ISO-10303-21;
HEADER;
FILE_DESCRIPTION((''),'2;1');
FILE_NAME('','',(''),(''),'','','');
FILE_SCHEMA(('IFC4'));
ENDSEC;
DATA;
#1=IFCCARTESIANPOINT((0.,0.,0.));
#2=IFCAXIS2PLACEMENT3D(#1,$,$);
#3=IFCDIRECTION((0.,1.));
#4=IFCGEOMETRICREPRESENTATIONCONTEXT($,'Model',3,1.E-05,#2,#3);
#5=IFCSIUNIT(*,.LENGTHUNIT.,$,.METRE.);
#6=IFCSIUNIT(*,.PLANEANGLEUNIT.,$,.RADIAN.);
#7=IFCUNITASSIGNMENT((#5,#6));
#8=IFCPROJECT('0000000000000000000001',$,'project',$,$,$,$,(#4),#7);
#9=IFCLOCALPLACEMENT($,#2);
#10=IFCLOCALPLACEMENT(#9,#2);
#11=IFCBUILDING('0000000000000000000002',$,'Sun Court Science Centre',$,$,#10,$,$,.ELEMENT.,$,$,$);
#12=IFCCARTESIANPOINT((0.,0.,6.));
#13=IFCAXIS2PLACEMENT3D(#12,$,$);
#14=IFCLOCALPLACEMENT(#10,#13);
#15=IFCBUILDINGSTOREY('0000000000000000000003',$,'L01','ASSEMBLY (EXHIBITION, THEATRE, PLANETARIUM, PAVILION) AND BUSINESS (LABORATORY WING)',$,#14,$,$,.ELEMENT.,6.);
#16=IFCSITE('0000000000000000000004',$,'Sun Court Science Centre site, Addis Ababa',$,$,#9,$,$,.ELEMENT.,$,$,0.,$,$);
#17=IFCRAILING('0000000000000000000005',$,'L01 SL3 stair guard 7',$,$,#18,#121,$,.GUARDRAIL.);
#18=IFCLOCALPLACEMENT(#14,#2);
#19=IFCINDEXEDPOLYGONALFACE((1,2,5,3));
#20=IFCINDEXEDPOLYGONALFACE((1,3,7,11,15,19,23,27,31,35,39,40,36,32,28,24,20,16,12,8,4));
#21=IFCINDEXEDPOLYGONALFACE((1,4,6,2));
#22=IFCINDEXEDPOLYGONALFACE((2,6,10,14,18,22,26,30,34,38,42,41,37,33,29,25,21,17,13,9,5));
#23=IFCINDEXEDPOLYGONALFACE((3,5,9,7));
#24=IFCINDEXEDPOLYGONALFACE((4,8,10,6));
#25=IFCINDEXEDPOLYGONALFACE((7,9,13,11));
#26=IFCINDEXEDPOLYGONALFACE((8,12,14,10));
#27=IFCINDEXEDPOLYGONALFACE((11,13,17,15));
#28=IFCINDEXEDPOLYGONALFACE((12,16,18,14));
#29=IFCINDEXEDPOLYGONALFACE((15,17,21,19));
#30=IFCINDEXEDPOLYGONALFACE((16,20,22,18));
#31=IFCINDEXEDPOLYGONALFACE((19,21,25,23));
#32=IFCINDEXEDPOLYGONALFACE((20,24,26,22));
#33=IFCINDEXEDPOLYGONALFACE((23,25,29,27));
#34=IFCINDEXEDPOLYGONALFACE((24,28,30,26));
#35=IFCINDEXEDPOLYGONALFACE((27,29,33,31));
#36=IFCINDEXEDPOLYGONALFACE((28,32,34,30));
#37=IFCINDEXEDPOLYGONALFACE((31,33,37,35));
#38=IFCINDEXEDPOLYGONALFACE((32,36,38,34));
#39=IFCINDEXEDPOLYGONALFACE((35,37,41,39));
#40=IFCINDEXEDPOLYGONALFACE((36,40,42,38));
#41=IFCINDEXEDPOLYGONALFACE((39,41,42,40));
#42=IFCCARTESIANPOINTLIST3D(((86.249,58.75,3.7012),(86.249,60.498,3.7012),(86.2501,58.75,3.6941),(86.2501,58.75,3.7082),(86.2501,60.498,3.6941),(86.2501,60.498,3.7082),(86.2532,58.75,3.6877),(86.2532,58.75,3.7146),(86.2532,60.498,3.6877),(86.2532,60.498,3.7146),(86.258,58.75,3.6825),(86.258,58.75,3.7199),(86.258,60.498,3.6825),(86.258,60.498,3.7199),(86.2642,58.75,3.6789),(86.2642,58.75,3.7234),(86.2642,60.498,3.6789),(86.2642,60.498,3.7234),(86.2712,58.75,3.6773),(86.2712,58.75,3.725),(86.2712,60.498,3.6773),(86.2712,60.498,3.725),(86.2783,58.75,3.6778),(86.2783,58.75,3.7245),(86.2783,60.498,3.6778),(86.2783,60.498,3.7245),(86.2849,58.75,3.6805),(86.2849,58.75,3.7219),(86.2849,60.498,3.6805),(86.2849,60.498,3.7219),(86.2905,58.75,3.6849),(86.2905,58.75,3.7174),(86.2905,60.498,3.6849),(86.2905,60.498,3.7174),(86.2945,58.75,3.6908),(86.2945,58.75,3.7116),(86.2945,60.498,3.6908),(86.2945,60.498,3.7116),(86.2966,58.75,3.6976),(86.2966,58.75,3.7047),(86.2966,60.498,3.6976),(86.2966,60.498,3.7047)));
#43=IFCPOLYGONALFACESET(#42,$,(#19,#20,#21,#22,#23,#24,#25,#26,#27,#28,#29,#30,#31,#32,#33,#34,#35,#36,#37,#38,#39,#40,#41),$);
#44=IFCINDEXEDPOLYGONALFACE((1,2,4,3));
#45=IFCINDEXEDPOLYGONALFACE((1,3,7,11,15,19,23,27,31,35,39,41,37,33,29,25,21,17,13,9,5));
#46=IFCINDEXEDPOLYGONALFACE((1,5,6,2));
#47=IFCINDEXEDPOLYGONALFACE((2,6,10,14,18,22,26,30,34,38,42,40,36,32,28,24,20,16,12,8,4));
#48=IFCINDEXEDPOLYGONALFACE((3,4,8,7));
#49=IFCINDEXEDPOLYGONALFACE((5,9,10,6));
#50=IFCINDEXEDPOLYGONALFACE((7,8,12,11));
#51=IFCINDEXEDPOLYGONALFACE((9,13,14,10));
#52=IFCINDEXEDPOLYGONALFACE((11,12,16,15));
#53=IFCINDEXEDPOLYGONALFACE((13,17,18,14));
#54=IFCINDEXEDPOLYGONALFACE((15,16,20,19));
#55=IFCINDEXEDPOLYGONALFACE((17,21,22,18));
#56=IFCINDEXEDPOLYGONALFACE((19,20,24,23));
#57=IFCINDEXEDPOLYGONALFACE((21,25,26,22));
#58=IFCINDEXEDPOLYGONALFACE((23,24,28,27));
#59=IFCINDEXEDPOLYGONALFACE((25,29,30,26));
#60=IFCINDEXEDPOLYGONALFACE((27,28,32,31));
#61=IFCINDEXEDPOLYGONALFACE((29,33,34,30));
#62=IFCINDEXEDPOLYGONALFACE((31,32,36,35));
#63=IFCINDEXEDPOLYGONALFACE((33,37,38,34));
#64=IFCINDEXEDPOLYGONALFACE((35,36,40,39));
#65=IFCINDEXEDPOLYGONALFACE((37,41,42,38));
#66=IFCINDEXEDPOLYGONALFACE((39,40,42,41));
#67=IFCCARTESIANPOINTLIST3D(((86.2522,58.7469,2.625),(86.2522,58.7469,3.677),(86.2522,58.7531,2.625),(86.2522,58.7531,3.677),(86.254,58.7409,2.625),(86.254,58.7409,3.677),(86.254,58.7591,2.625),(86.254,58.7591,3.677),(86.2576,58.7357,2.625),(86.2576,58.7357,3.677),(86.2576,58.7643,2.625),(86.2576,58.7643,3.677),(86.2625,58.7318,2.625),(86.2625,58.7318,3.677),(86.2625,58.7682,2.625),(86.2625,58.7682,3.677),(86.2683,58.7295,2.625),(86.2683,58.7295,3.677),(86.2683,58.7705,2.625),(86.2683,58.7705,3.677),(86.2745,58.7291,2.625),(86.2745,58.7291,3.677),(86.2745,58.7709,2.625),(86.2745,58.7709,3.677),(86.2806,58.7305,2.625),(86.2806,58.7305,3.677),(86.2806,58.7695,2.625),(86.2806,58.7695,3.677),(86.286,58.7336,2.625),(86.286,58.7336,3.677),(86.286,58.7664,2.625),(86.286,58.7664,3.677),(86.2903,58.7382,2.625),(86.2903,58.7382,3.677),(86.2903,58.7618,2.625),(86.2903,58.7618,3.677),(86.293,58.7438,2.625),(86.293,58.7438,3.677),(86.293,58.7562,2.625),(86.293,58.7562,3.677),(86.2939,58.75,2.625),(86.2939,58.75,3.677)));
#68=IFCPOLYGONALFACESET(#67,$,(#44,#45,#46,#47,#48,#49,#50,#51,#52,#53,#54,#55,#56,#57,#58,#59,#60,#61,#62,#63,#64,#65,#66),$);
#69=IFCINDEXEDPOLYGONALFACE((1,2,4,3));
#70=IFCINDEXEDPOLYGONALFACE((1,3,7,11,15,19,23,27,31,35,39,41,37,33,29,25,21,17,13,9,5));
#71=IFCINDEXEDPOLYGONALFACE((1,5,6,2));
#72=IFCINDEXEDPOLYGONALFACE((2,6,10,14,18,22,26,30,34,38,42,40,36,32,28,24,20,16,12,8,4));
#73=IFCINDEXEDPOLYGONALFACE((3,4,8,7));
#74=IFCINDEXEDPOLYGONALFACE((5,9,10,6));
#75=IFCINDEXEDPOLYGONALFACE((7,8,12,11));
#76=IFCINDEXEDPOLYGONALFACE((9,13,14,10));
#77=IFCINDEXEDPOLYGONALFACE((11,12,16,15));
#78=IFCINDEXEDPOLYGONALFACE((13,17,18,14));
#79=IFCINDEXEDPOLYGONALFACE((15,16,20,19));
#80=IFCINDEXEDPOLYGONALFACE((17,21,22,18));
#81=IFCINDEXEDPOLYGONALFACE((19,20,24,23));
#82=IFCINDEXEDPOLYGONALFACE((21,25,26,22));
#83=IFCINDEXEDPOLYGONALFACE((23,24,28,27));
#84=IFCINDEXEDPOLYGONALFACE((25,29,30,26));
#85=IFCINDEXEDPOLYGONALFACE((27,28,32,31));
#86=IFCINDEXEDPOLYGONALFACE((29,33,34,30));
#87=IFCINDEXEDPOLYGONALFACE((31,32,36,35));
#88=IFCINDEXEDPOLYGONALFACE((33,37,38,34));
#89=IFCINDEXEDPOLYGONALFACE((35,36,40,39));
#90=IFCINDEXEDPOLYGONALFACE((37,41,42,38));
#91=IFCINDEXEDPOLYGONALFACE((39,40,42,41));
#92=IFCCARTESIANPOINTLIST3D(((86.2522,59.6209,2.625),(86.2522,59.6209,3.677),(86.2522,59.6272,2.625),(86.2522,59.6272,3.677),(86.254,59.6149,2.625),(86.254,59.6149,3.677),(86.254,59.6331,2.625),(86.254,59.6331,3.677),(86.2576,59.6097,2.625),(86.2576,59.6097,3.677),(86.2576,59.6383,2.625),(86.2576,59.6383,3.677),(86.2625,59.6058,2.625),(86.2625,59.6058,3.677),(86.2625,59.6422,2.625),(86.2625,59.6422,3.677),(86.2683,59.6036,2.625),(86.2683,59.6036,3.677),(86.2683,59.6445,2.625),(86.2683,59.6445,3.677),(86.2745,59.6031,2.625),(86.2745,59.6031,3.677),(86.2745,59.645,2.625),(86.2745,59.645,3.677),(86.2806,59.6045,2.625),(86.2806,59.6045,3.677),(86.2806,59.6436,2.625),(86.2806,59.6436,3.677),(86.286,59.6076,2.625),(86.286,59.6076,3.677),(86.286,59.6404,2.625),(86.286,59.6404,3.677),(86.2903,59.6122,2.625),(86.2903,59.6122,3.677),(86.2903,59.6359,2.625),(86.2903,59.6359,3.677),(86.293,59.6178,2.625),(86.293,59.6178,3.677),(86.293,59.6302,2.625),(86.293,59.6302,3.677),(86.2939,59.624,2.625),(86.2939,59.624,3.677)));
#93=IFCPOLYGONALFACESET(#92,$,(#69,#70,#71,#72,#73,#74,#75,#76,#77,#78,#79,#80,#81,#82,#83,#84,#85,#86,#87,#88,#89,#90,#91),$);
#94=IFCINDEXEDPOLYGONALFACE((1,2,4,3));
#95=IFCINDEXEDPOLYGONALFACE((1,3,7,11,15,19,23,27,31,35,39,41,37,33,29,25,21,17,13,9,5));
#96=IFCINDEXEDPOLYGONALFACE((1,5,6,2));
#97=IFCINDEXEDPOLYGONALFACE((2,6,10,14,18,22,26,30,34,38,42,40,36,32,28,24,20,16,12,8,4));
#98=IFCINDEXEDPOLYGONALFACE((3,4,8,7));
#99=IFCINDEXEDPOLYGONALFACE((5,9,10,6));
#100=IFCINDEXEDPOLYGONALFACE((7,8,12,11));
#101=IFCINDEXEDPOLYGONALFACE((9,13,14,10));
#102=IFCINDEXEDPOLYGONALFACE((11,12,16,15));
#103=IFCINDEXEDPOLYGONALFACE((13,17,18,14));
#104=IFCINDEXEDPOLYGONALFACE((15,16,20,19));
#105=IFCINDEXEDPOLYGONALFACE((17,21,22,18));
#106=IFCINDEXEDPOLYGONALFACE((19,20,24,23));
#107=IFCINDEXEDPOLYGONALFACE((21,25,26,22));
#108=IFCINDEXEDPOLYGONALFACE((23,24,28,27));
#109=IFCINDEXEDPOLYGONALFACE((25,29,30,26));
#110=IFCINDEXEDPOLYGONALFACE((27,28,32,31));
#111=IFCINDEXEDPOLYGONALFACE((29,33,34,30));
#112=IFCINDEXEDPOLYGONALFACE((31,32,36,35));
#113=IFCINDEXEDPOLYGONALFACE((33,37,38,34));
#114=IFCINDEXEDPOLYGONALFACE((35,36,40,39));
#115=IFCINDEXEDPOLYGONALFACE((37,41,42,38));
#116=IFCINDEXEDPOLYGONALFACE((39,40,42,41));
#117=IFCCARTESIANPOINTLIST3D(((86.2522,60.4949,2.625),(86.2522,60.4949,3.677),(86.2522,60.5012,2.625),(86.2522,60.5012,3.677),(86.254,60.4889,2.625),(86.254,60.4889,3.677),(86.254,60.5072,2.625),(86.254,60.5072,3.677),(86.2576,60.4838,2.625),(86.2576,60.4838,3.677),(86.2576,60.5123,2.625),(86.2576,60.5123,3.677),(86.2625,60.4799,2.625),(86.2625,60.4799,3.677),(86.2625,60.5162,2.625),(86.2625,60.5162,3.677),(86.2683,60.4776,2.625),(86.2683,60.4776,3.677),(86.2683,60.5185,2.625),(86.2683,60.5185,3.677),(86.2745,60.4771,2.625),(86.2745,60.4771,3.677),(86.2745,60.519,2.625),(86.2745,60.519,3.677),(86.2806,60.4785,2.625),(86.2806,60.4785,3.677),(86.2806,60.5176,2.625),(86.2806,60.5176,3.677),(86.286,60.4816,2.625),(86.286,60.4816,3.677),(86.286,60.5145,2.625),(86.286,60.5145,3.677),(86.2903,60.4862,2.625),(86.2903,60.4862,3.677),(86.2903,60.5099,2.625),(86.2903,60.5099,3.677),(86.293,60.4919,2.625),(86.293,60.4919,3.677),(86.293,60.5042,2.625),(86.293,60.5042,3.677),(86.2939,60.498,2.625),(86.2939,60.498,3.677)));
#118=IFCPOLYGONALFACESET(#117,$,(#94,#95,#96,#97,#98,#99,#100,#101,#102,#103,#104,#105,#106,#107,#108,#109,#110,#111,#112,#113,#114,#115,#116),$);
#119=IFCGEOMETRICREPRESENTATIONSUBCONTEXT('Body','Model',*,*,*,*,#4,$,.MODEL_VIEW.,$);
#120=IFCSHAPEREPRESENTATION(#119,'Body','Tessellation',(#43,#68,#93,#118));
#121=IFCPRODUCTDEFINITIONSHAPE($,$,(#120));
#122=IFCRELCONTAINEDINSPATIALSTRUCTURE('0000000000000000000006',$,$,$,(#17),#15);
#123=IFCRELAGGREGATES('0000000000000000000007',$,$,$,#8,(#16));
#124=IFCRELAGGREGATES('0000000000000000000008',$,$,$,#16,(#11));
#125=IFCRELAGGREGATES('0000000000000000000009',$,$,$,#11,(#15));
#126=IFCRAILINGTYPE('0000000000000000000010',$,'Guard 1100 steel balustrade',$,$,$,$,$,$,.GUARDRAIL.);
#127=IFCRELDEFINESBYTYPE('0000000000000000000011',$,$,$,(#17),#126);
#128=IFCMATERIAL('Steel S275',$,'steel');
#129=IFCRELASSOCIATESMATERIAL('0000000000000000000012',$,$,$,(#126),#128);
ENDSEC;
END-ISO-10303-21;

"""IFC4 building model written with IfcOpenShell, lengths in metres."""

from ifc_helpers import new_model, si_unit, direction, frame, origin, origin_2d, place, context, subcontext, project, spatial, circle, extrude, material, type_object, element, save


model = new_model("IFC4")

# Units and contexts
model_context = context("Model", 3, precision=1e-05, world=origin(), true_north=direction((0.0, 1.0)))
body_context = subcontext(model_context, "Body", "Model", "MODEL_VIEW")
ifc_project = project(units=[si_unit("LENGTHUNIT", "METRE"), si_unit("PLANEANGLEUNIT", "RADIAN")], contexts=[model_context])

# Site, building, storey
site_placement = place(None, origin())
site = spatial("IfcSite", under=ifc_project, at=site_placement, Name="Sun Court Science Centre site, Addis Ababa", CompositionType="ELEMENT", RefElevation=0.0)
building_placement = place(site_placement, origin())
building = spatial("IfcBuilding", under=site, at=building_placement, Name="Sun Court Science Centre", CompositionType="ELEMENT")
storey_placement = place(building_placement, frame((0.0, 0.0, 6.0)))
storey = spatial("IfcBuildingStorey", under=building, at=storey_placement, Name="L01", Description="ASSEMBLY (EXHIBITION, THEATRE, PLANETARIUM, PAVILION) AND BUSINESS (LABORATORY WING)", CompositionType="ELEMENT", Elevation=6.0)

# Railing
ifc_material_1 = material(Name="Steel S275", Category="steel")
railing_type_1 = type_object("IfcRailingType", Name="Guard 1100 steel balustrade", PredefinedType="GUARDRAIL", material=ifc_material_1)
railing_1_placement = place(storey_placement, frame((86.2729, 58.75, 2.625)))
element("IfcRailing", 1, at=railing_1_placement, inside=storey, type_object=railing_type_1, Name="L01 SL3 stair guard 7", PredefinedType="GUARDRAIL", context=body_context, shape_type="SweptSolid", body=[
    extrude(circle(Radius=0.0239, at=origin_2d()), frame((0.0, 0.0, 1.0762), z_axis=(0.0, 1.0, 0.0), x_axis=(-1.0, 0.0, 0.0)), (0.0, 0.0, 1.0), 1.748),
    extrude(circle(Radius=0.021, at=origin_2d()), origin(), (0.0, 0.0, 1.0), 1.052),
    extrude(circle(Radius=0.021, at=origin_2d()), frame((0.0, 0.874, 0.0)), (0.0, 0.0, 1.0), 1.052),
    extrude(circle(Radius=0.021, at=origin_2d()), frame((0.0, 1.748, 0.0)), (0.0, 0.0, 1.0), 1.052),
])

save(model, "model.ifc")
